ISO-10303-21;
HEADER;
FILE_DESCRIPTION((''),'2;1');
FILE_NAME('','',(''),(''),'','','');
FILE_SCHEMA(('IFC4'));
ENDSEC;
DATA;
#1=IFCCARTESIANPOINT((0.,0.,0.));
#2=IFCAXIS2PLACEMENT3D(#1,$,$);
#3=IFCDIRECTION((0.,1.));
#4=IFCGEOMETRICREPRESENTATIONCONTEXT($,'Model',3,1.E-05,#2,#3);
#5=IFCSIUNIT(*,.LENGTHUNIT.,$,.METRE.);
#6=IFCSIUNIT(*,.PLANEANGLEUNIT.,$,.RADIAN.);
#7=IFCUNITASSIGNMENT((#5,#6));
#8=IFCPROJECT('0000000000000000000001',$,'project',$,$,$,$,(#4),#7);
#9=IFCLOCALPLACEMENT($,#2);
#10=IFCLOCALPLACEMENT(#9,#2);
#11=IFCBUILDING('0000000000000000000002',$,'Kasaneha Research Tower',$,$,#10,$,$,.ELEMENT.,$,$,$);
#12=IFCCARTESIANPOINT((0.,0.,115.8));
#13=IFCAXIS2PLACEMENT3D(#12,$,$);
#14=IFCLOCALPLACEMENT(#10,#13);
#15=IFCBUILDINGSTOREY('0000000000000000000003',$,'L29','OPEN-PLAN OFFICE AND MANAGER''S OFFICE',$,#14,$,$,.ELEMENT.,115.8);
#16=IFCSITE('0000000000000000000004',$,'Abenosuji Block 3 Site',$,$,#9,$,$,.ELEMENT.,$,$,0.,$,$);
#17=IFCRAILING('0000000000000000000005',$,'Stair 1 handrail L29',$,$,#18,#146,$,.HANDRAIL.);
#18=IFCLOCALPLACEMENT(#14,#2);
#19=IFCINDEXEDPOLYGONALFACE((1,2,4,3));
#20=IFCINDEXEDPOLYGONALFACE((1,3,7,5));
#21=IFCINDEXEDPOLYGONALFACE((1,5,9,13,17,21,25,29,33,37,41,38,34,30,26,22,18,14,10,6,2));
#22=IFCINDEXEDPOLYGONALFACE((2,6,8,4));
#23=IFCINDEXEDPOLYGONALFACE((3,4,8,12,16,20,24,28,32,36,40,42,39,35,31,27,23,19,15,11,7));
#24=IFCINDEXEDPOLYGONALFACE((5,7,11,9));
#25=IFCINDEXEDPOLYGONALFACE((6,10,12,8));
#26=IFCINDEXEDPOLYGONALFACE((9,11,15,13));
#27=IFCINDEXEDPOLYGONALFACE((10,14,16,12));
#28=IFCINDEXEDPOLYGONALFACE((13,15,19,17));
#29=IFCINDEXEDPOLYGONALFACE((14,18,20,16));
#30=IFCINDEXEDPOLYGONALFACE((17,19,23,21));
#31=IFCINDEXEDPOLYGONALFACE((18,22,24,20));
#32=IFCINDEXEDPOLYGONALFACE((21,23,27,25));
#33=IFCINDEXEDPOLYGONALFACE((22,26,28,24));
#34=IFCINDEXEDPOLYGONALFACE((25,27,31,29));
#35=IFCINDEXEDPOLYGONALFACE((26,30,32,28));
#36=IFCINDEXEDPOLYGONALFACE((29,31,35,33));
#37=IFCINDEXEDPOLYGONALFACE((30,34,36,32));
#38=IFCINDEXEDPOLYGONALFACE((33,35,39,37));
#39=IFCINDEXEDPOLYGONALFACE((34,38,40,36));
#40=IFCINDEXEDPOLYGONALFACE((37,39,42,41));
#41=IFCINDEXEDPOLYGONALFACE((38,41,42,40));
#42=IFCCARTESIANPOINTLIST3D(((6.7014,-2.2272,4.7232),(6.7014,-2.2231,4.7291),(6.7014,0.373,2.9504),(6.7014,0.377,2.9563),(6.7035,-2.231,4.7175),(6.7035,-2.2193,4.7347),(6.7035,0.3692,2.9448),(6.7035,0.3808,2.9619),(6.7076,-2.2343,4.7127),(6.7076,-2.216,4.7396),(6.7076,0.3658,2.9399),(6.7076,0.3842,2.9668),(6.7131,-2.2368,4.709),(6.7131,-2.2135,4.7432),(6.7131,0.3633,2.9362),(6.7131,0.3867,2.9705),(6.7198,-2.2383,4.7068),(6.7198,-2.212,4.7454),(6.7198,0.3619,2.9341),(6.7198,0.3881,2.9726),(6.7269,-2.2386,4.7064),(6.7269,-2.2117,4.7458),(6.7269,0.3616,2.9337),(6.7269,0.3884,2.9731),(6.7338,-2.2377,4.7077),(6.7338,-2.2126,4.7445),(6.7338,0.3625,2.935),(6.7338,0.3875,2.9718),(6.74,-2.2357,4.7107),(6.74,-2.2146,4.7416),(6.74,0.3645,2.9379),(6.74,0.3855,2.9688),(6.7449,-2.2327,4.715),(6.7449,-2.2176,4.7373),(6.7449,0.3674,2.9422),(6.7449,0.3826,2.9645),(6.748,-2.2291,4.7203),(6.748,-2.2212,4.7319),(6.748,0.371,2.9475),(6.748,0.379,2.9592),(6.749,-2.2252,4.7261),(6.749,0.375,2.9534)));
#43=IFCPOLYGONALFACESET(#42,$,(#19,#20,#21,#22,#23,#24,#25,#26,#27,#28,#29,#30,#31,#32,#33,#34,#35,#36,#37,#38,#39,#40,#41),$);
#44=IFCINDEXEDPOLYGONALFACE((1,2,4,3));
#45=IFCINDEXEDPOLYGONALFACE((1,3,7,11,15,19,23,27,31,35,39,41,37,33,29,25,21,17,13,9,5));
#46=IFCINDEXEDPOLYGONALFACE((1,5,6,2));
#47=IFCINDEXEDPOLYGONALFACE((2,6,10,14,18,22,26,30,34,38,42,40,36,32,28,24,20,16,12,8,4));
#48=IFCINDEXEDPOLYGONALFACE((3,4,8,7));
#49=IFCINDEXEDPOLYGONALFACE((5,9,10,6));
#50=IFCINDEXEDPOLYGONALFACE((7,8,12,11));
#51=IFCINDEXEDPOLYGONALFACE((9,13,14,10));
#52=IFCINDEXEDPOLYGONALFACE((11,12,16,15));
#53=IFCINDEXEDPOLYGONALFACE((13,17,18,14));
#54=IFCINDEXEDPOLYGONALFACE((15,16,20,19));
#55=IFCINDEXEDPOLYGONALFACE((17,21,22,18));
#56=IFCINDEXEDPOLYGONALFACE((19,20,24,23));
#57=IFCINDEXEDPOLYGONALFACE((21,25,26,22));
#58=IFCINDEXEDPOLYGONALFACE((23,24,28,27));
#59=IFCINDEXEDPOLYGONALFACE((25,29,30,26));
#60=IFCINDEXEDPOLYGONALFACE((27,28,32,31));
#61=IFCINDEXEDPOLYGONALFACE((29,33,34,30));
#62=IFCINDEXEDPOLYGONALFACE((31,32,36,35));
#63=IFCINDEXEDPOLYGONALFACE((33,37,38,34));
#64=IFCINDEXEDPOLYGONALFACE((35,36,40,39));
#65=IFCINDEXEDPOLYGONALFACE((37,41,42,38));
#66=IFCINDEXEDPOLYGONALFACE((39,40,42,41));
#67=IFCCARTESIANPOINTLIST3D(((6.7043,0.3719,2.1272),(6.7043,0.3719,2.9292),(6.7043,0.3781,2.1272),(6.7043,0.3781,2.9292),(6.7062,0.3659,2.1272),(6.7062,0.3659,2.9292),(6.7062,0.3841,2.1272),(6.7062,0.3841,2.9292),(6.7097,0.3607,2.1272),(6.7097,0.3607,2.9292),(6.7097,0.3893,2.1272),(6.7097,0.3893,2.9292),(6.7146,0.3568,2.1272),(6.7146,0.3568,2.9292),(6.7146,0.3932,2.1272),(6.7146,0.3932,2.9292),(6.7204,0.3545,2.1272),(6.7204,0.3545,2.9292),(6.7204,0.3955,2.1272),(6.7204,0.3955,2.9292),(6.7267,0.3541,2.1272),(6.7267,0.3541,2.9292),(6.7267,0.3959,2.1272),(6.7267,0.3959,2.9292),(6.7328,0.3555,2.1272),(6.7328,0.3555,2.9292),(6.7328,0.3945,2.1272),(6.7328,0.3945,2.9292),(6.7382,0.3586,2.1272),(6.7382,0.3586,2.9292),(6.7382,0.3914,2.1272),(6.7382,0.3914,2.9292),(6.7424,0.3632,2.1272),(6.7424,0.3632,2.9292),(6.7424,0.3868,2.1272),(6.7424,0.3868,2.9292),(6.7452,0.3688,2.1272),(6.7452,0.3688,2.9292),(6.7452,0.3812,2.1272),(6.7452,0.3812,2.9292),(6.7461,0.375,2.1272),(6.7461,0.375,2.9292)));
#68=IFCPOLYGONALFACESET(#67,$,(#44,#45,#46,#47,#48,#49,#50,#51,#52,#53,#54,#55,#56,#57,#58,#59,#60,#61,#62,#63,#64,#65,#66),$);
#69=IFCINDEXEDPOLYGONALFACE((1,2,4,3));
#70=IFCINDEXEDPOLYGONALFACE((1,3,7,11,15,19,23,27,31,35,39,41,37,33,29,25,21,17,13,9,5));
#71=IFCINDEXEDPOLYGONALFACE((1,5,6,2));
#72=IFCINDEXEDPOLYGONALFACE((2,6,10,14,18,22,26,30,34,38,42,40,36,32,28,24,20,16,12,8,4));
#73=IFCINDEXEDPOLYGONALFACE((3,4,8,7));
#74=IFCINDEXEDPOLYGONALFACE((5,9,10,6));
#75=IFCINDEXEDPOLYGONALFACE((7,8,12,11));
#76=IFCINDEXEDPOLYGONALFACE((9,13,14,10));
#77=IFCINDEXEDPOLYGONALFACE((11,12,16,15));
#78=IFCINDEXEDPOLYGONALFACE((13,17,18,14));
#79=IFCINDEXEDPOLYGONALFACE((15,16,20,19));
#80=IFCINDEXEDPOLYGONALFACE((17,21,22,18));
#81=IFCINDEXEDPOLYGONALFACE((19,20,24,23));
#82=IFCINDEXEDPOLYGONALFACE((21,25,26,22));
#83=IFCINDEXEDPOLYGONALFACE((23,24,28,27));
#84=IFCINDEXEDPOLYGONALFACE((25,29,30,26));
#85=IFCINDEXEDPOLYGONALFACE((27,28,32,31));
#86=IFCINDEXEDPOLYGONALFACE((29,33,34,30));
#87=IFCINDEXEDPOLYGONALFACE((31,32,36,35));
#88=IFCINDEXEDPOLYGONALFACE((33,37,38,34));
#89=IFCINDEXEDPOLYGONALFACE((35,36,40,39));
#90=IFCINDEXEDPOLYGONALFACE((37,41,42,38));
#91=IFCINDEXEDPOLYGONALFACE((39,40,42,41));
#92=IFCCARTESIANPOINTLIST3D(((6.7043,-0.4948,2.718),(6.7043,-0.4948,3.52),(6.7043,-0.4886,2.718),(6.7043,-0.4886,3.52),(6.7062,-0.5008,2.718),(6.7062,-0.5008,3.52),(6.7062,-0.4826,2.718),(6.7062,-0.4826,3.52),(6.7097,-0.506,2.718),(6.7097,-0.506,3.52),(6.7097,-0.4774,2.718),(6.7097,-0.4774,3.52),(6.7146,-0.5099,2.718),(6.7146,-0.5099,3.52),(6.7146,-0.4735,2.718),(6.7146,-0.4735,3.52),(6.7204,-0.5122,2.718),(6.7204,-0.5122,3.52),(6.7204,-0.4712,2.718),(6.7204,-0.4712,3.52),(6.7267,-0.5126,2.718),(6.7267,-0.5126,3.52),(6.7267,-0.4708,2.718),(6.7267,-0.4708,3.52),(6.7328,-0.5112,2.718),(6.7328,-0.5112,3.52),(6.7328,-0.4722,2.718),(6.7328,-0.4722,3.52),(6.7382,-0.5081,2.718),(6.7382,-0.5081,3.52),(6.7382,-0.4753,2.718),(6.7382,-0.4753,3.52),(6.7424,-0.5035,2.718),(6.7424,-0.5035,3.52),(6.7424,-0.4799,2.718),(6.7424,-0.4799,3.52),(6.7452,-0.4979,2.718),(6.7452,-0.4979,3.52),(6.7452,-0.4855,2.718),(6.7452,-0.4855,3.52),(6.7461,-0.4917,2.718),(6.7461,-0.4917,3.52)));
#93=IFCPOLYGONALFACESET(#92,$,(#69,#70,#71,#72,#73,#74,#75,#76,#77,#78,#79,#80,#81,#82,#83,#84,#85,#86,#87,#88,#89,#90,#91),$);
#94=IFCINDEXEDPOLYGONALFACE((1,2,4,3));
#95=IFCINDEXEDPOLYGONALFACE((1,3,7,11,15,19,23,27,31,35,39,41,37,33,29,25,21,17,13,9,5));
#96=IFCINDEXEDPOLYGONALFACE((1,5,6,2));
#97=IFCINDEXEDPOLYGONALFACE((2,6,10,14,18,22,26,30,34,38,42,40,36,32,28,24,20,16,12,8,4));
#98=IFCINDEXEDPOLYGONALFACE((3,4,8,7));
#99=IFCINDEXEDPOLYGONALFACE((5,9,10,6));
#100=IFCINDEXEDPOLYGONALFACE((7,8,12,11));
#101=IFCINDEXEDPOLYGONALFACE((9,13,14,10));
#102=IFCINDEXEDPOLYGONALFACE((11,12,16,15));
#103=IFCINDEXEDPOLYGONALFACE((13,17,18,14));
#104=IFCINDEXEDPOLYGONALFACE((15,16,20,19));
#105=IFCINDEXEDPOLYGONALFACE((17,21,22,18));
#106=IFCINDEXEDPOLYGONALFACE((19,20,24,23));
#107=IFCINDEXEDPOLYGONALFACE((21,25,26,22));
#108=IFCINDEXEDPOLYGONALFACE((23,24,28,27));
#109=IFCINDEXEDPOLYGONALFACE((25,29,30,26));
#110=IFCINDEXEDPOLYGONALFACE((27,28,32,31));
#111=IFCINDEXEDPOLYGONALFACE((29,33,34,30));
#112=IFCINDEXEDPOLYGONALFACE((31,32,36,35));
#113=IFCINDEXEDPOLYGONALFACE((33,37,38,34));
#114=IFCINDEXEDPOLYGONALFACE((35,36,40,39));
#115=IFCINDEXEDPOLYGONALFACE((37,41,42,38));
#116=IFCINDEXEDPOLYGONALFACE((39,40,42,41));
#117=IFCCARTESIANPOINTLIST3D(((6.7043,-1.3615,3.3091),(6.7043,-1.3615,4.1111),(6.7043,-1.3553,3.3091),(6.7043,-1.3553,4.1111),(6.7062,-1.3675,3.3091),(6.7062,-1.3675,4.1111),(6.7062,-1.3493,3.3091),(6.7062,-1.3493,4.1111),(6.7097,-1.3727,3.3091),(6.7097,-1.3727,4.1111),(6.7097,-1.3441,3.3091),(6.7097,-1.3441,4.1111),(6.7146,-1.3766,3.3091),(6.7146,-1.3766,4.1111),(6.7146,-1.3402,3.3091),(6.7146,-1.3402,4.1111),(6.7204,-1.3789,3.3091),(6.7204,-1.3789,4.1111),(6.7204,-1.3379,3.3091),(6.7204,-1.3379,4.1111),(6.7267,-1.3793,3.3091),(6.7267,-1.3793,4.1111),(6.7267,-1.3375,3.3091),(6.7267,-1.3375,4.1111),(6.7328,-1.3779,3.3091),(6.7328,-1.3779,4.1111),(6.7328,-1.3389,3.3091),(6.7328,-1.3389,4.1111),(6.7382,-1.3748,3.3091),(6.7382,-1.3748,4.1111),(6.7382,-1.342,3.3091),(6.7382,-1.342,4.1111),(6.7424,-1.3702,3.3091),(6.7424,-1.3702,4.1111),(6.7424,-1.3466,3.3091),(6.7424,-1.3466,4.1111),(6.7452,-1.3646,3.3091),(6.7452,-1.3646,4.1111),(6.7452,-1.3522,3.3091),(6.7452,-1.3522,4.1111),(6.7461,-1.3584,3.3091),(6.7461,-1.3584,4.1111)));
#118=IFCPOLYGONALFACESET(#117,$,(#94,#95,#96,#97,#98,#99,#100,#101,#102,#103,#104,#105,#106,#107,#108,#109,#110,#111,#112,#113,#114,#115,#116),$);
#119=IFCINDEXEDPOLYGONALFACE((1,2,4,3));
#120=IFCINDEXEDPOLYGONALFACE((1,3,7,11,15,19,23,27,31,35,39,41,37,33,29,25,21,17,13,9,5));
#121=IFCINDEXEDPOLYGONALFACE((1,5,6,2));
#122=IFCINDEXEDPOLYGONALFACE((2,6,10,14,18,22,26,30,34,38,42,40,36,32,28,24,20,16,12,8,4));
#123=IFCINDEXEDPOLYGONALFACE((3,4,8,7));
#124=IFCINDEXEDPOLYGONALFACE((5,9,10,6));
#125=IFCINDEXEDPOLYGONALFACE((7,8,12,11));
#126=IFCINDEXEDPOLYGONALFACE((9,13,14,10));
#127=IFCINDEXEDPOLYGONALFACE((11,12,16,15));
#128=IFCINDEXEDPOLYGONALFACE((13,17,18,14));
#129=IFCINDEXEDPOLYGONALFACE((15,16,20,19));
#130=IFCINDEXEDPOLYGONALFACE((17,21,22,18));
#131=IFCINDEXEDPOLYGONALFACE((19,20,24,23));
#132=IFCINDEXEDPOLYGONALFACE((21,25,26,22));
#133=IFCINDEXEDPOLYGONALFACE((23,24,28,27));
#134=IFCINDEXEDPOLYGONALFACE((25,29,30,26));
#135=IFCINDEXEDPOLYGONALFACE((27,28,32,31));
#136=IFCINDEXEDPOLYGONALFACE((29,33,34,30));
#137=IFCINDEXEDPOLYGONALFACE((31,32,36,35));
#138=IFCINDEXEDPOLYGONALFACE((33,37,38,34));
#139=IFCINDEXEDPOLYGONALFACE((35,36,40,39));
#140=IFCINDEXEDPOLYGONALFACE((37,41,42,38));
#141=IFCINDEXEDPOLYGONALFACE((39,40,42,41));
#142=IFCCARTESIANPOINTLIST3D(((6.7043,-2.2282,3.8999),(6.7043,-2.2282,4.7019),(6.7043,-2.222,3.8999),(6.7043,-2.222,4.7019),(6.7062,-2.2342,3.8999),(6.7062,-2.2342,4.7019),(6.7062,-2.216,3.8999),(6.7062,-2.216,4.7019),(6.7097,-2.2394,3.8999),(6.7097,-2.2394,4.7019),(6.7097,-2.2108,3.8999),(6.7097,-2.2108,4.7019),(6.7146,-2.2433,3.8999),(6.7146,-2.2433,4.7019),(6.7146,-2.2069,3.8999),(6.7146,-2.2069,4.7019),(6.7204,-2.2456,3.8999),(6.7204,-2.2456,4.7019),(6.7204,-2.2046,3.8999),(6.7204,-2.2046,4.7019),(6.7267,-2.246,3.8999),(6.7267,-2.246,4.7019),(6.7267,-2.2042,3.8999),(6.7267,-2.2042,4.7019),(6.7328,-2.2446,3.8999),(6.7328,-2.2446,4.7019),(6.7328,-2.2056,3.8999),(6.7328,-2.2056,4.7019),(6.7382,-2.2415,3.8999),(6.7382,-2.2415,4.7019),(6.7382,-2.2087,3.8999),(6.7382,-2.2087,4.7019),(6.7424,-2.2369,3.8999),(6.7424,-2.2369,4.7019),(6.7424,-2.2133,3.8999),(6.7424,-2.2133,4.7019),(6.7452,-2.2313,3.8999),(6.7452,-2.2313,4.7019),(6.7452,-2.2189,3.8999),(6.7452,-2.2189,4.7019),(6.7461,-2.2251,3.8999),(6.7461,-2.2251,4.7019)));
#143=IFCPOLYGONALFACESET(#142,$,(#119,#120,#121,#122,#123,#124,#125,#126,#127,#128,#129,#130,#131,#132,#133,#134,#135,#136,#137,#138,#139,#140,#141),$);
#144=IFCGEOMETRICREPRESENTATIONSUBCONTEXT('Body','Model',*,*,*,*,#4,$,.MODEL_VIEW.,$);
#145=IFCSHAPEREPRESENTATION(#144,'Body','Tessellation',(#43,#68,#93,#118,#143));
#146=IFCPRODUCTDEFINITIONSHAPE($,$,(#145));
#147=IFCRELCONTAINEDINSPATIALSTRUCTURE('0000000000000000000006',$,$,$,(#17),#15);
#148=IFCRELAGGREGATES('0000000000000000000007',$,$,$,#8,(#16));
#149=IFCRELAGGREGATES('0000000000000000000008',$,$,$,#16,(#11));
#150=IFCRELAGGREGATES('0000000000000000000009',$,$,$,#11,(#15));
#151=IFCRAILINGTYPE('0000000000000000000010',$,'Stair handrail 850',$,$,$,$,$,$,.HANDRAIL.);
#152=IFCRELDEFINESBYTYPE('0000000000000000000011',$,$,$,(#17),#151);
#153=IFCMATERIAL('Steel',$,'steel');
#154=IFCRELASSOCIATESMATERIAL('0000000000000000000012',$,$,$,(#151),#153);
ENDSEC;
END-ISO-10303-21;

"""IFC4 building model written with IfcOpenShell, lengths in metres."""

from ifc_helpers import new_model, si_unit, direction, frame, origin, origin_2d, place, context, subcontext, project, spatial, circle, extrude, material, type_object, element, save


model = new_model("IFC4")

# Units and contexts
model_context = context("Model", 3, precision=1e-05, world=origin(), true_north=direction((0.0, 1.0)))
body_context = subcontext(model_context, "Body", "Model", "MODEL_VIEW")
ifc_project = project(units=[si_unit("LENGTHUNIT", "METRE"), si_unit("PLANEANGLEUNIT", "RADIAN")], contexts=[model_context])

# Site, building, storey
site_placement = place(None, origin())
site = spatial("IfcSite", under=ifc_project, at=site_placement, Name="Abenosuji Block 3 Site", CompositionType="ELEMENT", RefElevation=0.0)
building_placement = place(site_placement, origin())
building = spatial("IfcBuilding", under=site, at=building_placement, Name="Kasaneha Research Tower", CompositionType="ELEMENT")
storey_placement = place(building_placement, frame((0.0, 0.0, 115.8)))
storey = spatial("IfcBuildingStorey", under=building, at=storey_placement, Name="L29", Description="OPEN-PLAN OFFICE AND MANAGER'S OFFICE", CompositionType="ELEMENT", Elevation=115.8)

# Railing
ifc_material_1 = material(Name="Steel", Category="steel")
railing_type_1 = type_object("IfcRailingType", Name="Stair handrail 850", PredefinedType="HANDRAIL", material=ifc_material_1)
railing_1_placement = place(storey_placement, frame((6.7251, 0.375, 2.1272)))
element("IfcRailing", 1, at=railing_1_placement, inside=storey, type_object=railing_type_1, Name="Stair 1 handrail L29", PredefinedType="HANDRAIL", context=body_context, shape_type="SweptSolid", body=[
    extrude(circle(Radius=0.0239, at=origin_2d()), frame((0.0, 0.0, 0.8262), z_axis=(0.0, -0.82624, 0.563318), x_axis=(1.0, 0.0, 0.0)), (0.0, 0.0, 1.0), 3.147),
    extrude(circle(Radius=0.021, at=origin_2d()), origin(), (0.0, 0.0, 1.0), 0.802),
    extrude(circle(Radius=0.021, at=origin_2d()), frame((0.0, -0.8667, 0.5908)), (0.0, 0.0, 1.0), 0.802),
    extrude(circle(Radius=0.021, at=origin_2d()), frame((0.0, -1.7334, 1.1819)), (0.0, 0.0, 1.0), 0.802),
    extrude(circle(Radius=0.021, at=origin_2d()), frame((0.0, -2.6001, 1.7727)), (0.0, 0.0, 1.0), 0.802),
])

save(model, "model.ifc")
